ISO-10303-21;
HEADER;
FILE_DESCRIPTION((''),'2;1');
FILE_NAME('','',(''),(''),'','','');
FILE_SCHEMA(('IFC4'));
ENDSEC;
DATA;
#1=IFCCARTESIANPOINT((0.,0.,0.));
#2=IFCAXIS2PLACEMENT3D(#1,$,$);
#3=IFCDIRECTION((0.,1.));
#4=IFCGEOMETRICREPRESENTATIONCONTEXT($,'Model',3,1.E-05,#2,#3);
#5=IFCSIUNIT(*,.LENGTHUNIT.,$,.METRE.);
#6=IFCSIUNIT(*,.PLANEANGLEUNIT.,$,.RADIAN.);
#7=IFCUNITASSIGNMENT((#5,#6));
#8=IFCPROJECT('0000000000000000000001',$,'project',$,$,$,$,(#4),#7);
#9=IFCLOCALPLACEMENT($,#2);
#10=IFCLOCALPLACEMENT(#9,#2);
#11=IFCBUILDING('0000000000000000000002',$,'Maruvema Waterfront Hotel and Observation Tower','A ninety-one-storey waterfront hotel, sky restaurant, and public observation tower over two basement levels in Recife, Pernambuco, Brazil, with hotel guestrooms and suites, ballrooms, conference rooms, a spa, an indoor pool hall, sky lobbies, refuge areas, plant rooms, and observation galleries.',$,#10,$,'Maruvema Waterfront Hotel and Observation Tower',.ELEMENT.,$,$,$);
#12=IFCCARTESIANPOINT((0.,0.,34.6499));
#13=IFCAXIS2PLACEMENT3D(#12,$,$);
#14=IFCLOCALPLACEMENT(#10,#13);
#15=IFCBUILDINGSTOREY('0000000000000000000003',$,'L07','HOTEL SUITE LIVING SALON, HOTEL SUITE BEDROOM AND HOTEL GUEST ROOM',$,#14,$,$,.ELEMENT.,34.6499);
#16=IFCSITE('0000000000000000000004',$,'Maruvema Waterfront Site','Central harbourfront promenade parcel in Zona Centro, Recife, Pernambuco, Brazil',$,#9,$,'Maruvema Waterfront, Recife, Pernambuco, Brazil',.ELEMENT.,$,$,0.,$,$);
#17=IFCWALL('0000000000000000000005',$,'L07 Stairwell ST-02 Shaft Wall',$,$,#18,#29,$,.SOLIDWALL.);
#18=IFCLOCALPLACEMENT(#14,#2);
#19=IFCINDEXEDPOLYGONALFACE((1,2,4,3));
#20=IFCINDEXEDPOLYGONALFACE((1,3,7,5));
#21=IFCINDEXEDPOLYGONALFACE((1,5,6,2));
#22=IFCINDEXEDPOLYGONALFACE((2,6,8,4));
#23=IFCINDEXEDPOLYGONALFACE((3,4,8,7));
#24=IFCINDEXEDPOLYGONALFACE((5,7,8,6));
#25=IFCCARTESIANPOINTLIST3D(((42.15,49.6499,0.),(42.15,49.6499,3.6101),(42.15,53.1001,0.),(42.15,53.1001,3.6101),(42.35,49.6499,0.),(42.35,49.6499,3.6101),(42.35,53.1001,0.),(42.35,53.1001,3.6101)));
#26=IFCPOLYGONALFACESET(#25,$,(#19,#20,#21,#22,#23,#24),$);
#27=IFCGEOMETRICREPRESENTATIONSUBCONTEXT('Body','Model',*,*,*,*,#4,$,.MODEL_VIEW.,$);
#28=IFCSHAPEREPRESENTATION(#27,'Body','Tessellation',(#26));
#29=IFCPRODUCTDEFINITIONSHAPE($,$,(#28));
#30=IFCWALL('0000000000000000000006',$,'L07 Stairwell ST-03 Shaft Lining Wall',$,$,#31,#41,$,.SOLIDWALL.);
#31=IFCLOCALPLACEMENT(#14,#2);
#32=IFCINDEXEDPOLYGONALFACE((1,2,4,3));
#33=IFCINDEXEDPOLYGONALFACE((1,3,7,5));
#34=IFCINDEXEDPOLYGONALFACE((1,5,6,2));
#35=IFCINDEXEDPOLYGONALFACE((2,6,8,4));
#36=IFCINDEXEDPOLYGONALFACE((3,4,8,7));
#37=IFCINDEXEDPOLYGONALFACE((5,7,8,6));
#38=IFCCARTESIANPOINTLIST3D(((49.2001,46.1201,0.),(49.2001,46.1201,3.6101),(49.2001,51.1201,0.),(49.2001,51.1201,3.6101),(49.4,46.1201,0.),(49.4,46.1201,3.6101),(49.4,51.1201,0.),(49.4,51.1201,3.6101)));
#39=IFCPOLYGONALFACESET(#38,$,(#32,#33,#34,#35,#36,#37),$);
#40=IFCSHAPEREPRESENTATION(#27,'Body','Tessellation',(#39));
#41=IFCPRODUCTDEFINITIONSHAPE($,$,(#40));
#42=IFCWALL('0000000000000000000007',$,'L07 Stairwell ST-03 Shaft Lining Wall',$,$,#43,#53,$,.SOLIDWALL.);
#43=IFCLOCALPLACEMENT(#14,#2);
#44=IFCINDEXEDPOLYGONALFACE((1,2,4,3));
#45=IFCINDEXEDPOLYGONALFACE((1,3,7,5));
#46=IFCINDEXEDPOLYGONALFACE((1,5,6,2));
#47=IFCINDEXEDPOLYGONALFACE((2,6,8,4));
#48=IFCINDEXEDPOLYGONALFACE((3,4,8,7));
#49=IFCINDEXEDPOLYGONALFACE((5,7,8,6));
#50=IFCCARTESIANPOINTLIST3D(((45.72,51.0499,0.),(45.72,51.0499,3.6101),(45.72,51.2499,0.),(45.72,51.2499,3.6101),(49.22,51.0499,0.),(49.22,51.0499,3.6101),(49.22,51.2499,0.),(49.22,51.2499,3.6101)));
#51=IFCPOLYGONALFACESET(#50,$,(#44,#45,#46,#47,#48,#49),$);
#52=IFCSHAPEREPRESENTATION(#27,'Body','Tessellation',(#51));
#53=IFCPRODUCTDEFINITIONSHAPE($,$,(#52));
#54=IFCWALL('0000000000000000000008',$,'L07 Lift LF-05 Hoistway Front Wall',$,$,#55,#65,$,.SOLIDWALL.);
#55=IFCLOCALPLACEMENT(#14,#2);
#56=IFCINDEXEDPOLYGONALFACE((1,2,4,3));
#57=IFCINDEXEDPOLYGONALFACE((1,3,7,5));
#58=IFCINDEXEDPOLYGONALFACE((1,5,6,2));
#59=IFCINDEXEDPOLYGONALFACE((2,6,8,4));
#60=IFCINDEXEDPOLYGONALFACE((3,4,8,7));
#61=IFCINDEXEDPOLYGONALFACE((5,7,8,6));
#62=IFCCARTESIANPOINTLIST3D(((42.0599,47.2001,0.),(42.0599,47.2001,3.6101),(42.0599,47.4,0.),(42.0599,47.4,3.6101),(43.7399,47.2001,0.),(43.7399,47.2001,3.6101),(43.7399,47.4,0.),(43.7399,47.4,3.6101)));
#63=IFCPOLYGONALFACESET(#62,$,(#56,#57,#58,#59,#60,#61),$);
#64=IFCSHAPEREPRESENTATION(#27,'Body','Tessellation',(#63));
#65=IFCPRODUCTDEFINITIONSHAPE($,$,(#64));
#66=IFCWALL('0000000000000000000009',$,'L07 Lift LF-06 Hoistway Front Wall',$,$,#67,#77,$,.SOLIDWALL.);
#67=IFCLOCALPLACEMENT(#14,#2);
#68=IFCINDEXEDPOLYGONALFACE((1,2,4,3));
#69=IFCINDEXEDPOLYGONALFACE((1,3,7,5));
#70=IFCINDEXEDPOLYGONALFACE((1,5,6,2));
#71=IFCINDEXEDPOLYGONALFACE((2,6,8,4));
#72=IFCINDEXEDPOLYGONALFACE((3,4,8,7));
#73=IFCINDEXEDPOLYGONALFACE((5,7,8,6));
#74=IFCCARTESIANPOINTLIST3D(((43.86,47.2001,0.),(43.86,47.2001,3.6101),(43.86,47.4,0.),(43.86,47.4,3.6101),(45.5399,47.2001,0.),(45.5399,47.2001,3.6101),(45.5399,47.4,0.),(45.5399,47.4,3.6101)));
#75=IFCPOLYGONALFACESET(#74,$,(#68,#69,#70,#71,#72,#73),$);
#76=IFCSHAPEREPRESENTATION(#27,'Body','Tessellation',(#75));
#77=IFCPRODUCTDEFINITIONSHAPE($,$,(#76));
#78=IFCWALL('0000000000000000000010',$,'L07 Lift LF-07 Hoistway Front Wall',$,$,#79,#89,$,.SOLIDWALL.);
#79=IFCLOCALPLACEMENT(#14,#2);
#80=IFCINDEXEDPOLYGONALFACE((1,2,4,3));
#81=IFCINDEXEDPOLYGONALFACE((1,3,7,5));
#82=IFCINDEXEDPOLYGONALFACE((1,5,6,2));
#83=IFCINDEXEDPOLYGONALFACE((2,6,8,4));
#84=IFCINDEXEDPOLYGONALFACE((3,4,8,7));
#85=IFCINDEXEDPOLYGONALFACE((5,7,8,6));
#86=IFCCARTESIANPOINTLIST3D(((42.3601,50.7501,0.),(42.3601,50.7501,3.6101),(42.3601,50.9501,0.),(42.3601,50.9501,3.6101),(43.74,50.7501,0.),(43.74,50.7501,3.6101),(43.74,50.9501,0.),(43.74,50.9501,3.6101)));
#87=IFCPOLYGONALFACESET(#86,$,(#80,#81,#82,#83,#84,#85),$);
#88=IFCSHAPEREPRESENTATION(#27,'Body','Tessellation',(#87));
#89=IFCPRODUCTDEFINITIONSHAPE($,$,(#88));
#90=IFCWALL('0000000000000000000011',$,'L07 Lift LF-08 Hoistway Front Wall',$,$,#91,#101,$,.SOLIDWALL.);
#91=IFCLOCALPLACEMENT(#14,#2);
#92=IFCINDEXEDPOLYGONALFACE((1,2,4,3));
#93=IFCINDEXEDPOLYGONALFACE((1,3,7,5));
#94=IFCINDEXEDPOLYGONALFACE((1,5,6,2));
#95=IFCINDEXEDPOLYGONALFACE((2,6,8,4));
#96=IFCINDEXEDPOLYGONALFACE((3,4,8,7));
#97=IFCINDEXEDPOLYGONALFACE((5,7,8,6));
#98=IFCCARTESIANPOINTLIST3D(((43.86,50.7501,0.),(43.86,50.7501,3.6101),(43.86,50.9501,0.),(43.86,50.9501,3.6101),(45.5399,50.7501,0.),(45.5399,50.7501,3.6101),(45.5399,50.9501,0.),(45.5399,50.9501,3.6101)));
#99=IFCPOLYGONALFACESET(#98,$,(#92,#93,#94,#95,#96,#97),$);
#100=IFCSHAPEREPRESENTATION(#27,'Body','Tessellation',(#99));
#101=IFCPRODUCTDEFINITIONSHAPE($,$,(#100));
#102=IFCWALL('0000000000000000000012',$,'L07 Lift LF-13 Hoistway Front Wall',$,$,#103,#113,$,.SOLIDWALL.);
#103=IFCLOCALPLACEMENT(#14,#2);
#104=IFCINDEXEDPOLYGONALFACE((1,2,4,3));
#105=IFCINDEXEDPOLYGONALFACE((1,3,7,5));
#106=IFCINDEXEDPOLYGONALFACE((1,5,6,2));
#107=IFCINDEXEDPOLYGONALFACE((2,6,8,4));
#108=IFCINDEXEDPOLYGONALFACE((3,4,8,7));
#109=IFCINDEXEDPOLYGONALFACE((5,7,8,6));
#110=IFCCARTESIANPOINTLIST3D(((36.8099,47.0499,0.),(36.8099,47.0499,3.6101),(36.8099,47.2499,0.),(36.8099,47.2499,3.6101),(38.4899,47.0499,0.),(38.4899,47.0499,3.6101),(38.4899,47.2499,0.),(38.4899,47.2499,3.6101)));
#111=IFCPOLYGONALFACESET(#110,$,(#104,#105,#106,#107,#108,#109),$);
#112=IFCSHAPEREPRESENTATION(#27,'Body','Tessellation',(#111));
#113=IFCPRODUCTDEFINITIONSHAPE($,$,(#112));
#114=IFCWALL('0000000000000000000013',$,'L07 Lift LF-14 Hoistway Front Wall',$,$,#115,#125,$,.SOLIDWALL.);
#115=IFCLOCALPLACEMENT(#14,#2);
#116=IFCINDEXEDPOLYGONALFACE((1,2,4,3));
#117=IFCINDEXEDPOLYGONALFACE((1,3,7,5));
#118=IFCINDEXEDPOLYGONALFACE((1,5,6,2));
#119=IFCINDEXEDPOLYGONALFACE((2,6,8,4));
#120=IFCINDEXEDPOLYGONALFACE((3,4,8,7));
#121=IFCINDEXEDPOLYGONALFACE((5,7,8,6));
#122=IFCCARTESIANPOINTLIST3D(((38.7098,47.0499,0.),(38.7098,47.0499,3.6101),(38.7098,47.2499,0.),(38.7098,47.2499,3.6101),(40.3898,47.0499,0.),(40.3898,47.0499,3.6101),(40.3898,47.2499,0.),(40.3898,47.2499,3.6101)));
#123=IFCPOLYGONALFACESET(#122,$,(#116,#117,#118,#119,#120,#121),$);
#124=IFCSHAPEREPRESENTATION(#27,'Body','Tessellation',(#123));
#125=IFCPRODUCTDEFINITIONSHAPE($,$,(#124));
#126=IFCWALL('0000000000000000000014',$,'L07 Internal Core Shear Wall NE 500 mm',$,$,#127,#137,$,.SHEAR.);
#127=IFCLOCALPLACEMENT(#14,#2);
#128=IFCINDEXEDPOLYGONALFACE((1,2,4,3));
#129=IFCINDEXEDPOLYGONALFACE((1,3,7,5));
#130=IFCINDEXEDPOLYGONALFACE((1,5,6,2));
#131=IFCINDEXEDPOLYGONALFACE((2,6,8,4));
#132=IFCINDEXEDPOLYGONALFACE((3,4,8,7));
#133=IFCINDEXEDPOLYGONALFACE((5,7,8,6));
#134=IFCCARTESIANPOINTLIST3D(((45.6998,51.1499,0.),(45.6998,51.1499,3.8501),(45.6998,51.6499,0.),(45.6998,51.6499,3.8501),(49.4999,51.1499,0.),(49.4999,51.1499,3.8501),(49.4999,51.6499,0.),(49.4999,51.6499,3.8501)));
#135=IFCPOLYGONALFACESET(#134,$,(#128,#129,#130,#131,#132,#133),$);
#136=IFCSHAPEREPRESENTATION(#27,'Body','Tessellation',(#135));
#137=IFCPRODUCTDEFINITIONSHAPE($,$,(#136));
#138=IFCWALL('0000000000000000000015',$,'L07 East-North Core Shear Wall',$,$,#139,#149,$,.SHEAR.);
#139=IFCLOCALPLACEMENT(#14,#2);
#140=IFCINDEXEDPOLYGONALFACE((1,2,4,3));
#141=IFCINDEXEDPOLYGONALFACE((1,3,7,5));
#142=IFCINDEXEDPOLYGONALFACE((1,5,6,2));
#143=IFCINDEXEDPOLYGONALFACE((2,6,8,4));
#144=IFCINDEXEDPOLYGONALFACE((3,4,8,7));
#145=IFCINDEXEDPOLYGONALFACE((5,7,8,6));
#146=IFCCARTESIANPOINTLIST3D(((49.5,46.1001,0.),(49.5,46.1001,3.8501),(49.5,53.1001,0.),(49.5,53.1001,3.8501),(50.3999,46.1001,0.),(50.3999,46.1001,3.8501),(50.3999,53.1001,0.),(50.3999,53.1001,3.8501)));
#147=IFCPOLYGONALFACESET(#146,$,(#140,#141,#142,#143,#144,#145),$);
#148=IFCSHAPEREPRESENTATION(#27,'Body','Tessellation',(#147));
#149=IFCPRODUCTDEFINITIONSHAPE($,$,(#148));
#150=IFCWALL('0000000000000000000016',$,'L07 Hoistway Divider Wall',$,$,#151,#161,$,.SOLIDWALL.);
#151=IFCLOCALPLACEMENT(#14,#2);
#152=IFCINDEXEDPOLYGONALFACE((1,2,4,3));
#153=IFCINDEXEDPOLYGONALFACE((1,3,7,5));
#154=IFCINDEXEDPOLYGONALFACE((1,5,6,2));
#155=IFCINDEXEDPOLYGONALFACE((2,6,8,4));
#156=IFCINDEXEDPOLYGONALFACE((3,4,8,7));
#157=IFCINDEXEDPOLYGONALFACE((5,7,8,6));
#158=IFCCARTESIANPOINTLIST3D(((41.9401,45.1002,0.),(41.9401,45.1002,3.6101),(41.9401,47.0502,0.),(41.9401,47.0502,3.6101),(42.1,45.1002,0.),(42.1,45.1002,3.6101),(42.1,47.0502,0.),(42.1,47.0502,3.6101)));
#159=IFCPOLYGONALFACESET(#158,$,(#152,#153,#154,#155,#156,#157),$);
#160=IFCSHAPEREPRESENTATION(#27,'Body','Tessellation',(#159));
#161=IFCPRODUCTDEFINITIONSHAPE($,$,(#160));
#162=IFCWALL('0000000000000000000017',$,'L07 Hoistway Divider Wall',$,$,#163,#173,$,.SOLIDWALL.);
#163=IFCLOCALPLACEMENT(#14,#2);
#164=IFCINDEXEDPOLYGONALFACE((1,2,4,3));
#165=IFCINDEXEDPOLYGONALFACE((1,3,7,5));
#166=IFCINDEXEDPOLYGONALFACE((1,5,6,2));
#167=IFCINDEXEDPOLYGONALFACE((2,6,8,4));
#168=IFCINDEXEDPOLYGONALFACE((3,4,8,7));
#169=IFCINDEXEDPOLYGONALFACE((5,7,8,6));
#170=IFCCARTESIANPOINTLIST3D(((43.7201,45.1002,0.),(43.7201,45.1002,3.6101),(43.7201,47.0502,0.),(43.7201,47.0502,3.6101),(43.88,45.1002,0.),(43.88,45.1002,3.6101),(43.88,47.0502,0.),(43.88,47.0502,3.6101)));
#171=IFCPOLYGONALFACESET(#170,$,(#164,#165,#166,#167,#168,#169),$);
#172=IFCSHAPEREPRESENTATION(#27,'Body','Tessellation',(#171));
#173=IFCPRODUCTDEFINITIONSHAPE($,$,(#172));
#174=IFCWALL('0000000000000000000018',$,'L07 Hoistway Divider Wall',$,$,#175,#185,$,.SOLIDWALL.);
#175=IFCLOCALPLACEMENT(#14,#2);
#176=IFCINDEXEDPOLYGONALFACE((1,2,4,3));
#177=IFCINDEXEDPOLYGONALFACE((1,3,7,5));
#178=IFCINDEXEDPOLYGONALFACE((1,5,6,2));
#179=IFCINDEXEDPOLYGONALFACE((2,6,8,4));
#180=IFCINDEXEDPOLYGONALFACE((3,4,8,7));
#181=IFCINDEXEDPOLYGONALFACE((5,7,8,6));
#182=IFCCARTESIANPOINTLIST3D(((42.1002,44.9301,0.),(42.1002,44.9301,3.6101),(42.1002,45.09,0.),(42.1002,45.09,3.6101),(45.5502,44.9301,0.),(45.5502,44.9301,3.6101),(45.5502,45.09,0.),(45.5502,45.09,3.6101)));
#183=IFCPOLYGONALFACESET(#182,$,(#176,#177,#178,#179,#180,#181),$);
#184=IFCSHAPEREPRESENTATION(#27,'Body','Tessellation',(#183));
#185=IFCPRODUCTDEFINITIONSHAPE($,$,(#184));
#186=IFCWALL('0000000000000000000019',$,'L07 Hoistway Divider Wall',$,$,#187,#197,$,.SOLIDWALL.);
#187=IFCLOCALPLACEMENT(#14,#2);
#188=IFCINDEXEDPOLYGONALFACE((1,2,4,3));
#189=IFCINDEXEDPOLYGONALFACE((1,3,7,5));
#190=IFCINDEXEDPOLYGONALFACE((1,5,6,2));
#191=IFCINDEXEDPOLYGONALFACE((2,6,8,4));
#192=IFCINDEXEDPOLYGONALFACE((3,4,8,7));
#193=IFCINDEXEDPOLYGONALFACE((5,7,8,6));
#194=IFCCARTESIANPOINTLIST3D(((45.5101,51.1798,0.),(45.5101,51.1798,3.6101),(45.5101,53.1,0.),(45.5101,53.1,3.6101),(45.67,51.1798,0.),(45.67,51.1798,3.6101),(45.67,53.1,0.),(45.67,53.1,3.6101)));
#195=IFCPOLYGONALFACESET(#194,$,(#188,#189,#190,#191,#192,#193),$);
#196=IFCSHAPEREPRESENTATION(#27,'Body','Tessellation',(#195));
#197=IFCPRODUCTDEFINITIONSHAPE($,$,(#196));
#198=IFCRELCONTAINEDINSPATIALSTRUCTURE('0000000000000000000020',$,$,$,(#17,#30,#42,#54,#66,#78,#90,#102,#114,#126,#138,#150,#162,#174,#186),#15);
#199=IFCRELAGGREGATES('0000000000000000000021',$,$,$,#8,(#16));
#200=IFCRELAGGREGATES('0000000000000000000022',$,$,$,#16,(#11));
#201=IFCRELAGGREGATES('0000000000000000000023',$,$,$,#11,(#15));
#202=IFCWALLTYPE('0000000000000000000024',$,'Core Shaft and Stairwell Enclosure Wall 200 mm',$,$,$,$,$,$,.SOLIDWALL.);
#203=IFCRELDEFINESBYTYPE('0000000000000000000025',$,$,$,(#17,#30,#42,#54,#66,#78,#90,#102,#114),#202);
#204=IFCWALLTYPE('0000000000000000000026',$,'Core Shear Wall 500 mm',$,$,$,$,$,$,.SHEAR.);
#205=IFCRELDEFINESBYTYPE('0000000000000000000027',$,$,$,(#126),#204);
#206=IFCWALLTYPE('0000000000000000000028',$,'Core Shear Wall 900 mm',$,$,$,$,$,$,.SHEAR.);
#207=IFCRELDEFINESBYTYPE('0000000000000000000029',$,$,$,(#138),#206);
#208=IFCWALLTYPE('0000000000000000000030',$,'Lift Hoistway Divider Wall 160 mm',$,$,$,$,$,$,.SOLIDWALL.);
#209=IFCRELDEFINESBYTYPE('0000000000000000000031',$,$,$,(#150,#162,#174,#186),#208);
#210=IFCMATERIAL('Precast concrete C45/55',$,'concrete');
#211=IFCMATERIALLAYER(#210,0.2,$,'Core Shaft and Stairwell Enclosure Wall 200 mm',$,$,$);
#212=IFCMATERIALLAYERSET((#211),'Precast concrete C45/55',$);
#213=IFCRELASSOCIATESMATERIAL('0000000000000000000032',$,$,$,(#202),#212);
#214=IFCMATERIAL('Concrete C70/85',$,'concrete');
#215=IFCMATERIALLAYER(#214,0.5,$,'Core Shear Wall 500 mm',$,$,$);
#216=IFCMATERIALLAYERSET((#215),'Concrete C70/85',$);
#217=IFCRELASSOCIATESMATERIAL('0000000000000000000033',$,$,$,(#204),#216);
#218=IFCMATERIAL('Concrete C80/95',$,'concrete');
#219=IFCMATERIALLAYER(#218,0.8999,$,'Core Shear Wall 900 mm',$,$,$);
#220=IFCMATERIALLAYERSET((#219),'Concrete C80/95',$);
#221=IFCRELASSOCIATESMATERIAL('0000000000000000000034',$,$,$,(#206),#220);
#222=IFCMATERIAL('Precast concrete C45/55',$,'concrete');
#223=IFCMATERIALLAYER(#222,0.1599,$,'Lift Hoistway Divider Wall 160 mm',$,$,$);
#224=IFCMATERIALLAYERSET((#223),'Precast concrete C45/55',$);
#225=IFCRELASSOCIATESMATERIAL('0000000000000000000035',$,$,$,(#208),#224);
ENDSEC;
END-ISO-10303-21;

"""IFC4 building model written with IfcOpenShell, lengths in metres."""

from ifc_helpers import new_model, si_unit, direction, frame, frame_2d, origin, place, context, subcontext, project, spatial, rectangle, extrude, material, layer, layer_set, type_object, element, save


model = new_model("IFC4")

# Units and contexts
model_context = context("Model", 3, precision=1e-05, world=origin(), true_north=direction((0.0, 1.0)))
body_context = subcontext(model_context, "Body", "Model", "MODEL_VIEW")
ifc_project = project(units=[si_unit("LENGTHUNIT", "METRE"), si_unit("PLANEANGLEUNIT", "RADIAN")], contexts=[model_context])

# Site, building, storey
site_placement = place(None, origin())
site = spatial("IfcSite", under=ifc_project, at=site_placement, Name="Maruvema Waterfront Site", Description="Central harbourfront promenade parcel in Zona Centro, Recife, Pernambuco, Brazil", LongName="Maruvema Waterfront, Recife, Pernambuco, Brazil", CompositionType="ELEMENT", RefElevation=0.0)
building_placement = place(site_placement, origin())
building = spatial("IfcBuilding", under=site, at=building_placement, Name="Maruvema Waterfront Hotel and Observation Tower", Description="A ninety-one-storey waterfront hotel, sky restaurant, and public observation tower over two basement levels in Recife, Pernambuco, Brazil, with hotel guestrooms and suites, ballrooms, conference rooms, a spa, an indoor pool hall, sky lobbies, refuge areas, plant rooms, and observation galleries.", LongName="Maruvema Waterfront Hotel and Observation Tower", CompositionType="ELEMENT")
storey_placement = place(building_placement, frame((0.0, 0.0, 34.6499)))
storey = spatial("IfcBuildingStorey", under=building, at=storey_placement, Name="L07", Description="HOTEL SUITE LIVING SALON, HOTEL SUITE BEDROOM AND HOTEL GUEST ROOM", CompositionType="ELEMENT", Elevation=34.6499)

# Walls
ifc_material_1 = material(Name="Precast concrete C45/55", Category="concrete")
ifc_layer_1 = layer(ifc_material_1, 0.2, Name="Core Shaft and Stairwell Enclosure Wall 200 mm")
ifc_layer_set_1 = layer_set([ifc_layer_1], Name="Precast concrete C45/55")
wall_type_1 = type_object("IfcWallType", Name="Core Shaft and Stairwell Enclosure Wall 200 mm", PredefinedType="SOLIDWALL", material=ifc_layer_set_1)
wall_1_placement = place(storey_placement, frame((42.25, 49.6499, 0.0), z_axis=(0.0, 0.0, 1.0), x_axis=(0.0, 1.0, 0.0)))
element("IfcWall", 1, at=wall_1_placement, inside=storey, type_object=wall_type_1, Name="L07 Stairwell ST-02 Shaft Wall", PredefinedType="SOLIDWALL", context=body_context, shape_type="SweptSolid", body=[
    extrude(rectangle(XDim=3.4502, YDim=0.2, at=frame_2d((1.7251, 0.0))), origin(), (0.0, 0.0, 1.0), 3.6101),
])
wall_2_placement = place(storey_placement, frame((49.3, 46.1201, 0.0), z_axis=(0.0, 0.0, 1.0), x_axis=(0.0, 1.0, 0.0)))
element("IfcWall", 2, at=wall_2_placement, inside=storey, type_object=wall_type_1, Name="L07 Stairwell ST-03 Shaft Lining Wall", PredefinedType="SOLIDWALL", context=body_context, shape_type="SweptSolid", body=[
    extrude(rectangle(XDim=5.0, YDim=0.2, at=frame_2d((2.5, 0.0))), origin(), (0.0, 0.0, 1.0), 3.6101),
])
wall_3_placement = place(storey_placement, frame((45.72, 51.1499, 0.0), z_axis=(0.0, 0.0, 1.0), x_axis=(1.0, 0.0, 0.0)))
element("IfcWall", 3, at=wall_3_placement, inside=storey, type_object=wall_type_1, Name="L07 Stairwell ST-03 Shaft Lining Wall", PredefinedType="SOLIDWALL", context=body_context, shape_type="SweptSolid", body=[
    extrude(rectangle(XDim=3.5, YDim=0.2, at=frame_2d((1.75, 0.0))), origin(), (0.0, 0.0, 1.0), 3.6101),
])
for number, where, z_axis, x_axis, name in (
    (4, (42.0601, 47.3, 0.0), (0.0, 0.0, 1.0), (1.0, 0.0, 0.0), "L07 Lift LF-05 Hoistway Front Wall"),
    (5, (43.8601, 47.3, 0.0), (0.0, 0.0, 1.0), (1.0, 0.0, 0.0), "L07 Lift LF-06 Hoistway Front Wall"),
):
    element("IfcWall", number, at=place(storey_placement, frame(where, z_axis=z_axis, x_axis=x_axis)), inside=storey, type_object=wall_type_1, Name=name, PredefinedType="SOLIDWALL", context=body_context, shape_type="SweptSolid", body=[
        extrude(rectangle(XDim=1.6799, YDim=0.2, at=frame_2d((0.8398, 0.0))), origin(), (0.0, 0.0, 1.0), 3.6101),
    ])
wall_4_placement = place(storey_placement, frame((42.3601, 50.8501, 0.0), z_axis=(0.0, 0.0, 1.0), x_axis=(1.0, 0.0, 0.0)))
element("IfcWall", 6, at=wall_4_placement, inside=storey, type_object=wall_type_1, Name="L07 Lift LF-07 Hoistway Front Wall", PredefinedType="SOLIDWALL", context=body_context, shape_type="SweptSolid", body=[
    extrude(rectangle(XDim=1.3799, YDim=0.2, at=frame_2d((0.6899, 0.0))), origin(), (0.0, 0.0, 1.0), 3.6101),
])
for number, where, z_axis, x_axis, name in (
    (7, (43.8601, 50.8501, 0.0), (0.0, 0.0, 1.0), (1.0, 0.0, 0.0), "L07 Lift LF-08 Hoistway Front Wall"),
    (8, (36.8101, 47.1499, 0.0), (0.0, 0.0, 1.0), (1.0, 0.0, 0.0), "L07 Lift LF-13 Hoistway Front Wall"),
    (9, (38.71, 47.1499, 0.0), (0.0, 0.0, 1.0), (1.0, 0.0, 0.0), "L07 Lift LF-14 Hoistway Front Wall"),
):
    element("IfcWall", number, at=place(storey_placement, frame(where, z_axis=z_axis, x_axis=x_axis)), inside=storey, type_object=wall_type_1, Name=name, PredefinedType="SOLIDWALL", context=body_context, shape_type="SweptSolid", body=[
        extrude(rectangle(XDim=1.6799, YDim=0.2, at=frame_2d((0.8398, 0.0))), origin(), (0.0, 0.0, 1.0), 3.6101),
    ])
ifc_material_2 = material(Name="Concrete C70/85", Category="concrete")
ifc_layer_2 = layer(ifc_material_2, 0.5, Name="Core Shear Wall 500 mm")
ifc_layer_set_2 = layer_set([ifc_layer_2], Name="Concrete C70/85")
wall_type_2 = type_object("IfcWallType", Name="Core Shear Wall 500 mm", PredefinedType="SHEAR", material=ifc_layer_set_2)
wall_5_placement = place(storey_placement, frame((45.7, 51.3999, 0.0), z_axis=(0.0, 0.0, 1.0), x_axis=(1.0, 0.0, 0.0)))
element("IfcWall", 10, at=wall_5_placement, inside=storey, type_object=wall_type_2, Name="L07 Internal Core Shear Wall NE 500 mm", PredefinedType="SHEAR", context=body_context, shape_type="SweptSolid", body=[
    extrude(rectangle(XDim=3.8, YDim=0.5, at=frame_2d((1.8999, 0.0))), origin(), (0.0, 0.0, 1.0), 3.8501),
])
ifc_material_3 = material(Name="Concrete C80/95", Category="concrete")
ifc_layer_3 = layer(ifc_material_3, 0.8999, Name="Core Shear Wall 900 mm")
ifc_layer_set_3 = layer_set([ifc_layer_3], Name="Concrete C80/95")
wall_type_3 = type_object("IfcWallType", Name="Core Shear Wall 900 mm", PredefinedType="SHEAR", material=ifc_layer_set_3)
wall_6_placement = place(storey_placement, frame((49.95, 46.1001, 0.0), z_axis=(0.0, 0.0, 1.0), x_axis=(0.0, 1.0, 0.0)))
element("IfcWall", 11, at=wall_6_placement, inside=storey, type_object=wall_type_3, Name="L07 East-North Core Shear Wall", PredefinedType="SHEAR", context=body_context, shape_type="SweptSolid", body=[
    extrude(rectangle(XDim=7.0, YDim=0.8999, at=frame_2d((3.5, 0.0))), origin(), (0.0, 0.0, 1.0), 3.8501),
])
ifc_material_4 = material(Name="Precast concrete C45/55", Category="concrete")
ifc_layer_4 = layer(ifc_material_4, 0.1599, Name="Lift Hoistway Divider Wall 160 mm")
ifc_layer_set_4 = layer_set([ifc_layer_4], Name="Precast concrete C45/55")
wall_type_4 = type_object("IfcWallType", Name="Lift Hoistway Divider Wall 160 mm", PredefinedType="SOLIDWALL", material=ifc_layer_set_4)
for number, where, z_axis, x_axis, name in (
    (12, (42.02, 45.1001, 0.0), (0.0, 0.0, 1.0), (0.0, 1.0, 0.0), "L07 Hoistway Divider Wall"),
    (13, (43.8, 45.1001, 0.0), (0.0, 0.0, 1.0), (0.0, 1.0, 0.0), "L07 Hoistway Divider Wall"),
):
    element("IfcWall", number, at=place(storey_placement, frame(where, z_axis=z_axis, x_axis=x_axis)), inside=storey, type_object=wall_type_4, Name=name, PredefinedType="SOLIDWALL", context=body_context, shape_type="SweptSolid", body=[
        extrude(rectangle(XDim=1.95, YDim=0.1599, at=frame_2d((0.9751, 0.0))), origin(), (0.0, 0.0, 1.0), 3.6101),
    ])
wall_7_placement = place(storey_placement, frame((42.1001, 45.01, 0.0), z_axis=(0.0, 0.0, 1.0), x_axis=(1.0, 0.0, 0.0)))
element("IfcWall", 14, at=wall_7_placement, inside=storey, type_object=wall_type_4, Name="L07 Hoistway Divider Wall", PredefinedType="SOLIDWALL", context=body_context, shape_type="SweptSolid", body=[
    extrude(rectangle(XDim=3.45, YDim=0.1599, at=frame_2d((1.7251, 0.0))), origin(), (0.0, 0.0, 1.0), 3.6101),
])
wall_8_placement = place(storey_placement, frame((45.5901, 51.1799, 0.0), z_axis=(0.0, 0.0, 1.0), x_axis=(0.0, 1.0, 0.0)))
element("IfcWall", 15, at=wall_8_placement, inside=storey, type_object=wall_type_4, Name="L07 Hoistway Divider Wall", PredefinedType="SOLIDWALL", context=body_context, shape_type="SweptSolid", body=[
    extrude(rectangle(XDim=1.9202, YDim=0.1599, at=frame_2d((0.96, 0.0))), origin(), (0.0, 0.0, 1.0), 3.6101),
])

save(model, "model.ifc")
